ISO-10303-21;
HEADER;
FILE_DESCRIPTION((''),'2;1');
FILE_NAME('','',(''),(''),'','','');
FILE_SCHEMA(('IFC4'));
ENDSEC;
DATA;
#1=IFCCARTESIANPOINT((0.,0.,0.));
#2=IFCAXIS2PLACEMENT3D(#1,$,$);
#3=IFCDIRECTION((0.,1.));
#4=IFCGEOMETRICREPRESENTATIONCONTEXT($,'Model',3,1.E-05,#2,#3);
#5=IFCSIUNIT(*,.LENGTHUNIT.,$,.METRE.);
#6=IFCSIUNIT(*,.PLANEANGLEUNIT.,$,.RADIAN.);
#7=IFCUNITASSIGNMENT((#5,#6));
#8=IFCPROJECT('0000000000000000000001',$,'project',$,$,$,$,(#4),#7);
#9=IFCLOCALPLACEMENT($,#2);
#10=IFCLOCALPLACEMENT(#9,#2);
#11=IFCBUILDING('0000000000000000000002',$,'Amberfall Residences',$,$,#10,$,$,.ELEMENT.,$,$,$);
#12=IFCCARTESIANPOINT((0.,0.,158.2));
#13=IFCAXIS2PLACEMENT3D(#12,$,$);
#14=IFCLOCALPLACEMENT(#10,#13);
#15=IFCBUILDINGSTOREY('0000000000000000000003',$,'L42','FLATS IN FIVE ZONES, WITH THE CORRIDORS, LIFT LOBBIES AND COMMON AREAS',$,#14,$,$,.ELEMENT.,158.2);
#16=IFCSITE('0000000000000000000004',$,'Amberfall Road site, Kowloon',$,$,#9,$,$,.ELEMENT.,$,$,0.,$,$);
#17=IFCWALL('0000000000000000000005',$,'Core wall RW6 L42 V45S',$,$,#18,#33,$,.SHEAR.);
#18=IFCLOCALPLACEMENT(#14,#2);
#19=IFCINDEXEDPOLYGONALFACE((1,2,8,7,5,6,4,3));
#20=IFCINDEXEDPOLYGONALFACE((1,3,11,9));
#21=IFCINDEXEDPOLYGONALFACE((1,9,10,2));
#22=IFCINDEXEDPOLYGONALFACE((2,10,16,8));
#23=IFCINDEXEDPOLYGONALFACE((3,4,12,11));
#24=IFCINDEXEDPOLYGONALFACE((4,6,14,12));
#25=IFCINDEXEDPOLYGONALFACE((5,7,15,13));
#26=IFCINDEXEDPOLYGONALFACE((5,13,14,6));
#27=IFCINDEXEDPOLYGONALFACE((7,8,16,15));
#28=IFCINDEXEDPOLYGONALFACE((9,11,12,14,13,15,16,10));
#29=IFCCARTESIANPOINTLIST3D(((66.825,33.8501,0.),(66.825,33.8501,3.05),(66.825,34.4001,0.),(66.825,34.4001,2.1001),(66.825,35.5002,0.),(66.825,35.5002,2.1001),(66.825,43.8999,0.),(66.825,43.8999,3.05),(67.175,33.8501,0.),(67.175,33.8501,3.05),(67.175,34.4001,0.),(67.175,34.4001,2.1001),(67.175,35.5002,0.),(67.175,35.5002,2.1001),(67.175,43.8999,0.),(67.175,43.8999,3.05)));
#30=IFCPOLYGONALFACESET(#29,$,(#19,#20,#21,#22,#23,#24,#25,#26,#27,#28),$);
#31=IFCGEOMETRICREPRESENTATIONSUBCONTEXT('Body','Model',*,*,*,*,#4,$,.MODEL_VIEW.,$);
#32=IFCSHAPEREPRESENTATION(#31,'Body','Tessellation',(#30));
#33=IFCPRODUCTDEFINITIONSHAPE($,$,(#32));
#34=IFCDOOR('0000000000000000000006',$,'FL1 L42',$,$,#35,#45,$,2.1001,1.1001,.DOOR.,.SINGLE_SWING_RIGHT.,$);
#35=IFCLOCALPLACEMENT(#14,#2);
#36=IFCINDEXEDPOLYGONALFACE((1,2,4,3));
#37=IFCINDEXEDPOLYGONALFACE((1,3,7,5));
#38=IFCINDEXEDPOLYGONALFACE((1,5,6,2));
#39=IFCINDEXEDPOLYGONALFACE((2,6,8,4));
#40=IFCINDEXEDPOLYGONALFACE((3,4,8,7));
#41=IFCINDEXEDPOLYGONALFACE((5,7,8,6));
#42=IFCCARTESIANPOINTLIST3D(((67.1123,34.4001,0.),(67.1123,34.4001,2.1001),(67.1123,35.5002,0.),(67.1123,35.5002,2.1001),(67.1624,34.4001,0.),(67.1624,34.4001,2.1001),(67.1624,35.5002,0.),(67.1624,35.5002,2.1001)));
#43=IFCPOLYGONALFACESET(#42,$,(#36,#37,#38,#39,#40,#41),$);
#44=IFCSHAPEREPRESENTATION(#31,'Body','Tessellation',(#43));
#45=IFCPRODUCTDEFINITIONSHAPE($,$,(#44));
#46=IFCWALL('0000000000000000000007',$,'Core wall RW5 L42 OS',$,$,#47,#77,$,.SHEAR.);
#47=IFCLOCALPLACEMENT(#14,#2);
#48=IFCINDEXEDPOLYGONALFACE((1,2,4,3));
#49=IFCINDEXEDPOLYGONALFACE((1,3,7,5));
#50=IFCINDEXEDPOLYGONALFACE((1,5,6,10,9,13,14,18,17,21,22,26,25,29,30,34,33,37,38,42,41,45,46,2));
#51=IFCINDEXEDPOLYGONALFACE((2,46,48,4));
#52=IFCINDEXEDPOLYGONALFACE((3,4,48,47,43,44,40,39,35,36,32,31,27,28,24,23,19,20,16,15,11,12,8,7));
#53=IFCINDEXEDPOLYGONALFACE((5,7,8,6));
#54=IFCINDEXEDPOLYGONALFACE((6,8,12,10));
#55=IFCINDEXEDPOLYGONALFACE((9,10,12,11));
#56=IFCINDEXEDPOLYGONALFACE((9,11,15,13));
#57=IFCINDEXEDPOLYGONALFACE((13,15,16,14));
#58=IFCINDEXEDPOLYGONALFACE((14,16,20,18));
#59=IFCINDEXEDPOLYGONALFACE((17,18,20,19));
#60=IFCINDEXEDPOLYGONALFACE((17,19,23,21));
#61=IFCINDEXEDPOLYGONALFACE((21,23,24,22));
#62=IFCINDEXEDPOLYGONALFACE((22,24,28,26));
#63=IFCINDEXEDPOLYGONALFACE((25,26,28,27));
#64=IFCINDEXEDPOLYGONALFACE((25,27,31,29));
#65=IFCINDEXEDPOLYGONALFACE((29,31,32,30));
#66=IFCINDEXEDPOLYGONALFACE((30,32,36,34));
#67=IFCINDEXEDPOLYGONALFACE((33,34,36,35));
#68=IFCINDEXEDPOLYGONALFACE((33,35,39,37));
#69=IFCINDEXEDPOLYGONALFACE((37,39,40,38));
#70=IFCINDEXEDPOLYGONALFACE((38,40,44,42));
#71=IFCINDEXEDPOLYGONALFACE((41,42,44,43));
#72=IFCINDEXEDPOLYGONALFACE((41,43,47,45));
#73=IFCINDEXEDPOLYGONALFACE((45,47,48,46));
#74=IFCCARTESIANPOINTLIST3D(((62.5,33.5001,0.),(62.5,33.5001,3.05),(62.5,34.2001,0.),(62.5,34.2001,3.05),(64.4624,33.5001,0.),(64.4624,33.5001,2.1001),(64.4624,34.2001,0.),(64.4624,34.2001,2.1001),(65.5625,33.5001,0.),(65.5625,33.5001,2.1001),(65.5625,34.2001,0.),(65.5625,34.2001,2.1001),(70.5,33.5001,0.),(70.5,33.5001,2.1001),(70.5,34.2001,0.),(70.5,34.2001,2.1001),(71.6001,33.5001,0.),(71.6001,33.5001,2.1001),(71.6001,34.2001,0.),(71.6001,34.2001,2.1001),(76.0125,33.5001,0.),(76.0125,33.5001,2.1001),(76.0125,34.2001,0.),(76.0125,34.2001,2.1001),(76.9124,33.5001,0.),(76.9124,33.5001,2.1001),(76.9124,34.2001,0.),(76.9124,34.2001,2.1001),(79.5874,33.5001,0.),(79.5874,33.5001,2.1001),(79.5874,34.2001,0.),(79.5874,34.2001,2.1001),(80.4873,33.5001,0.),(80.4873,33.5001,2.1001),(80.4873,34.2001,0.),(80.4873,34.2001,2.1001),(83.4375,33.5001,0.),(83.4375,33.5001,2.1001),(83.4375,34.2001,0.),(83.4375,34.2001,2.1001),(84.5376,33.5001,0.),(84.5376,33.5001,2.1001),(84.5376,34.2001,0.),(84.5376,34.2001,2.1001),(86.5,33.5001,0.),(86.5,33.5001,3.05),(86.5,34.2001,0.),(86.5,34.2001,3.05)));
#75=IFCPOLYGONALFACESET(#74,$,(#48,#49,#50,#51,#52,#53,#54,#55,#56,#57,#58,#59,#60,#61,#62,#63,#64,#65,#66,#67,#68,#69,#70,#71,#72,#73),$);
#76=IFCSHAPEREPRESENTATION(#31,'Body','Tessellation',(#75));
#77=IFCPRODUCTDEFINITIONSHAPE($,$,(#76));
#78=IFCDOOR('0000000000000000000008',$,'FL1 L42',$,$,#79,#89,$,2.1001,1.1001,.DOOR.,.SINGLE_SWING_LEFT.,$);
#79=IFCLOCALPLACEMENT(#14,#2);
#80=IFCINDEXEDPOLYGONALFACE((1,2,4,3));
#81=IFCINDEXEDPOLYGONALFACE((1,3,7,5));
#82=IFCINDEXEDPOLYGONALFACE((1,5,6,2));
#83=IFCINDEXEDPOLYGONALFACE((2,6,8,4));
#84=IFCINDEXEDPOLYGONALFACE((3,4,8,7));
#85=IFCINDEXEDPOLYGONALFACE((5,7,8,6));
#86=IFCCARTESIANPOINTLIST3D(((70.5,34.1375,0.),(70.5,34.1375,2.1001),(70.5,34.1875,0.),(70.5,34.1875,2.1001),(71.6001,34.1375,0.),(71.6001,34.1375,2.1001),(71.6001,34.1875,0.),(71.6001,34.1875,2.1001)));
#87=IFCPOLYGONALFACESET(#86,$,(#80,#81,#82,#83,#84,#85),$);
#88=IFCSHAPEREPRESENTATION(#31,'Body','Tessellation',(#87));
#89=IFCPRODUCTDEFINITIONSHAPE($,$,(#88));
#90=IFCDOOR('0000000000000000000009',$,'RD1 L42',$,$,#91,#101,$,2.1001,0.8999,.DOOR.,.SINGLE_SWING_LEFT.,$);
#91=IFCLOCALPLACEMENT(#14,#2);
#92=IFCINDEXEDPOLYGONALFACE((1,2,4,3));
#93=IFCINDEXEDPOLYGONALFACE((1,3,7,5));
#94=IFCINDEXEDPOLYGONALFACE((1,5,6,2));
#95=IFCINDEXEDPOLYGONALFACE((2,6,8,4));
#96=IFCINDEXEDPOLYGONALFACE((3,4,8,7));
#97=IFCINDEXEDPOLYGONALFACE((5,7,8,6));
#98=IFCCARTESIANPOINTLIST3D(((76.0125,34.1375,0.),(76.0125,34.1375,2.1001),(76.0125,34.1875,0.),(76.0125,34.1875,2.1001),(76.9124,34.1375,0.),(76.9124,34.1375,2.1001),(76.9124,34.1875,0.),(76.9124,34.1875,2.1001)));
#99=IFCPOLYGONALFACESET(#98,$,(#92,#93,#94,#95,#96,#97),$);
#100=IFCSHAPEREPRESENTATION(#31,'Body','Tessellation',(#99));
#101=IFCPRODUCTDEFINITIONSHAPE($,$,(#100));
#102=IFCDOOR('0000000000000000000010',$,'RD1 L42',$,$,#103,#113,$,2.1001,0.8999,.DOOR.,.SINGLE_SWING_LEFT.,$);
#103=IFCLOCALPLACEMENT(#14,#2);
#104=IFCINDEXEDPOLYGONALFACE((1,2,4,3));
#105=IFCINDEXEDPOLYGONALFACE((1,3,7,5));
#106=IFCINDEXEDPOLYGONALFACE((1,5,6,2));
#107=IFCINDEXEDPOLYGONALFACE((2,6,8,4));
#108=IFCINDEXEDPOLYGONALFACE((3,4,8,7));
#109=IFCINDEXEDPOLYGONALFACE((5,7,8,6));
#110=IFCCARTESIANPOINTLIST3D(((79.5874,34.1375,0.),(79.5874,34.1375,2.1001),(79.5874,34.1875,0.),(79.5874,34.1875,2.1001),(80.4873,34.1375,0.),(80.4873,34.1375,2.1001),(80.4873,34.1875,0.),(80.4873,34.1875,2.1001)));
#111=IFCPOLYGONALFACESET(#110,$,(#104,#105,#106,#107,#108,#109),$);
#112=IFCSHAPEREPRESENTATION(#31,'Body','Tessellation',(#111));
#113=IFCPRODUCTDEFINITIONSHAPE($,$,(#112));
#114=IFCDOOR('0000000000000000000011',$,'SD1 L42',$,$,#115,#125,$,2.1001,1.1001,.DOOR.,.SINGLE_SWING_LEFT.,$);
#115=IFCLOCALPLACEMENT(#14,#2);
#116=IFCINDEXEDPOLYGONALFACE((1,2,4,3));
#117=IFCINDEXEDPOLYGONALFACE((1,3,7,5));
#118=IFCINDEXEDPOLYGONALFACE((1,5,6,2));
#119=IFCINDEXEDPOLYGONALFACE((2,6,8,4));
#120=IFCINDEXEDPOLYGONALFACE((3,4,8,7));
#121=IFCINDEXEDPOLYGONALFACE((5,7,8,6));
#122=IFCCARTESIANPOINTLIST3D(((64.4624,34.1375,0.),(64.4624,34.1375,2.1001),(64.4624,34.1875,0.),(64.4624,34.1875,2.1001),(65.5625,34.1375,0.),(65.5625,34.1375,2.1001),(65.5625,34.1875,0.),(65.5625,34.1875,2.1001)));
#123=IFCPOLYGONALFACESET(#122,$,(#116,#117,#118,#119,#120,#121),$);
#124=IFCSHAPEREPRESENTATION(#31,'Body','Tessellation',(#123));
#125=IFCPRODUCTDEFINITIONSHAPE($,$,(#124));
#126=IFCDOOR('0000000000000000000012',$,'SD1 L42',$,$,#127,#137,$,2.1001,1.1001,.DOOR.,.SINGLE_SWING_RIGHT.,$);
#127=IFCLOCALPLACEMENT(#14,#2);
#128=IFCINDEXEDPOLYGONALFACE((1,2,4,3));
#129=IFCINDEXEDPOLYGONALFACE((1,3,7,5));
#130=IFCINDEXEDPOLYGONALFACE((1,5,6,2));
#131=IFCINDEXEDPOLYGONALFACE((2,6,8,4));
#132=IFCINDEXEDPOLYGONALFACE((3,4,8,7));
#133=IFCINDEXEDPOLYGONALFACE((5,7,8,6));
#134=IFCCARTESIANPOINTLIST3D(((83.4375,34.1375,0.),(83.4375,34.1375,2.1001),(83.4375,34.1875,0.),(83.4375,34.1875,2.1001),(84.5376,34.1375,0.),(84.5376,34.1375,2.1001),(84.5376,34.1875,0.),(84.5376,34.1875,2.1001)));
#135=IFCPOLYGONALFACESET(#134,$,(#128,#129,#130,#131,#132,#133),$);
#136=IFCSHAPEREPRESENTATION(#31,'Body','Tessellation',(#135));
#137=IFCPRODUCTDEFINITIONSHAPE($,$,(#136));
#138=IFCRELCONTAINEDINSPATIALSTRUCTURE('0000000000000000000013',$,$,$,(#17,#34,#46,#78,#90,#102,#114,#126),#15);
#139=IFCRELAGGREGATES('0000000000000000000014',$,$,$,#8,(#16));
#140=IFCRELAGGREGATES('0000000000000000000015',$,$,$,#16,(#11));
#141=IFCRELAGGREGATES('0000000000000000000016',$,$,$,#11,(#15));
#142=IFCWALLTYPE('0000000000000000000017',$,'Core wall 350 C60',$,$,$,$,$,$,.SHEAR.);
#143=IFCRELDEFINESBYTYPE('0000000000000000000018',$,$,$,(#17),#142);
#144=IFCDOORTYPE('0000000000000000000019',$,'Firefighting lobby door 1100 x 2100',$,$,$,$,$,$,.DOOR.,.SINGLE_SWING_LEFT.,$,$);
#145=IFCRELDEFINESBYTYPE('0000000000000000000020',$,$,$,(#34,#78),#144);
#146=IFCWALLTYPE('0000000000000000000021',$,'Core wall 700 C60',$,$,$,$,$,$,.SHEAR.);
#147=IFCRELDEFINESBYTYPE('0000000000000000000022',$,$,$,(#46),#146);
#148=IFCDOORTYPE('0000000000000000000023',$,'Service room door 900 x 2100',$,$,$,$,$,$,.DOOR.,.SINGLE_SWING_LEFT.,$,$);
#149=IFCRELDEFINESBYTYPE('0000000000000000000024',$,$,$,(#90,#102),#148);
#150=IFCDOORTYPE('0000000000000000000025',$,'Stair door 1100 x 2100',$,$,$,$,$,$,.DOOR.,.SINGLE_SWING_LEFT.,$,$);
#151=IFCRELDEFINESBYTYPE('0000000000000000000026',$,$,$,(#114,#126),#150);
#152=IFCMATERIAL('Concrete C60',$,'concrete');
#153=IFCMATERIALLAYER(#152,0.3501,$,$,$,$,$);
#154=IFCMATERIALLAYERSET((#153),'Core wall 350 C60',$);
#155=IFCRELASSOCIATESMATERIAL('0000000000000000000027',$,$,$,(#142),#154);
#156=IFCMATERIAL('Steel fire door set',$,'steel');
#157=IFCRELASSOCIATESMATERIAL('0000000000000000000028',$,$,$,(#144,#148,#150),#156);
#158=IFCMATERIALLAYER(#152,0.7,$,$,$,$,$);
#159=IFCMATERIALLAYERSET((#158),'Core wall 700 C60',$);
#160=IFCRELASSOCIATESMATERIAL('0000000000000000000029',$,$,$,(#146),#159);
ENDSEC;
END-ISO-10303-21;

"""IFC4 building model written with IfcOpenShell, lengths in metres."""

from ifc_helpers import new_model, si_unit, direction, frame, frame_2d, origin, place, context, subcontext, project, spatial, rectangle, extrude, material, layer, layer_set, type_object, element, fill, save


model = new_model("IFC4")

# Units and contexts
model_context = context("Model", 3, precision=1e-05, world=origin(), true_north=direction((0.0, 1.0)))
body_context = subcontext(model_context, "Body", "Model", "MODEL_VIEW")
ifc_project = project(units=[si_unit("LENGTHUNIT", "METRE"), si_unit("PLANEANGLEUNIT", "RADIAN")], contexts=[model_context])

# Site, building, storey
site_placement = place(None, origin())
site = spatial("IfcSite", under=ifc_project, at=site_placement, Name="Amberfall Road site, Kowloon", CompositionType="ELEMENT", RefElevation=0.0)
building_placement = place(site_placement, origin())
building = spatial("IfcBuilding", under=site, at=building_placement, Name="Amberfall Residences", CompositionType="ELEMENT")
storey_placement = place(building_placement, frame((0.0, 0.0, 158.2)))
storey = spatial("IfcBuildingStorey", under=building, at=storey_placement, Name="L42", Description="FLATS IN FIVE ZONES, WITH THE CORRIDORS, LIFT LOBBIES AND COMMON AREAS", CompositionType="ELEMENT", Elevation=158.2)

# Wall, opening, door
ifc_material_1 = material(Name="Concrete C60", Category="concrete")
ifc_layer_1 = layer(ifc_material_1, 0.3501)
ifc_layer_set_1 = layer_set([ifc_layer_1], Name="Core wall 350 C60")
wall_type_1 = type_object("IfcWallType", Name="Core wall 350 C60", PredefinedType="SHEAR", material=ifc_layer_set_1)
wall_1_placement = place(storey_placement, frame((67.0, 33.8501, 0.0), z_axis=(0.0, 0.0, 1.0), x_axis=(0.0, 1.0, 0.0)))
wall_1 = element("IfcWall", 1, at=wall_1_placement, inside=storey, type_object=wall_type_1, Name="Core wall RW6 L42 V45S", PredefinedType="SHEAR", context=body_context, shape_type="SweptSolid", body=[
    extrude(rectangle(XDim=10.0498, YDim=0.3501, at=frame_2d((5.0249, 0.0))), origin(), (0.0, 0.0, 1.0), 3.05),
])
opening_1_placement = place(wall_1_placement, frame((0.55, 0.0, 0.0)))
opening_1 = element("IfcOpeningElement", 2, at=opening_1_placement, cuts=wall_1, PredefinedType="OPENING", context=body_context, shape_type="SweptSolid", body=[
    extrude(rectangle(XDim=1.1001, YDim=2.1001, at=frame_2d((0.55, 1.05))), frame((0.0, 0.1851, 0.0), z_axis=(0.0, -1.0, 0.0), x_axis=(1.0, 0.0, 0.0)), (0.0, 0.0, 1.0), 0.3701),
])
ifc_material_2 = material(Name="Steel fire door set", Category="steel")
door_type_1 = type_object("IfcDoorType", Name="Firefighting lobby door 1100 x 2100", OperationType="SINGLE_SWING_LEFT", PredefinedType="DOOR", material=ifc_material_2)
door_1_placement = place(opening_1_placement, origin())
door_1 = element("IfcDoor", 3, at=door_1_placement, inside=storey, type_object=door_type_1, Name="FL1 L42", OperationType="SINGLE_SWING_RIGHT", OverallHeight=2.1001, OverallWidth=1.1001, PredefinedType="DOOR", context=body_context, shape_type="SweptSolid", body=[
    extrude(rectangle(XDim=1.1001, YDim=2.1001, at=frame_2d((0.55, 1.05))), frame((0.0, -0.1123, 0.0), z_axis=(0.0, -1.0, 0.0), x_axis=(1.0, 0.0, 0.0)), (0.0, 0.0, 1.0), 0.05),
])
fill(opening_1, door_1)

# Wall, openings, doors
ifc_layer_2 = layer(ifc_material_1, 0.7)
ifc_layer_set_2 = layer_set([ifc_layer_2], Name="Core wall 700 C60")
wall_type_2 = type_object("IfcWallType", Name="Core wall 700 C60", PredefinedType="SHEAR", material=ifc_layer_set_2)
wall_2_placement = place(storey_placement, frame((62.5, 33.8501, 0.0), z_axis=(0.0, 0.0, 1.0), x_axis=(1.0, 0.0, 0.0)))
wall_2 = element("IfcWall", 4, at=wall_2_placement, inside=storey, type_object=wall_type_2, Name="Core wall RW5 L42 OS", PredefinedType="SHEAR", context=body_context, shape_type="SweptSolid", body=[
    extrude(rectangle(XDim=24.0, YDim=0.7, at=frame_2d((12.0, 0.0))), origin(), (0.0, 0.0, 1.0), 3.05),
])
opening_2_placement = place(wall_2_placement, frame((1.9624, 0.0, 0.0)))
opening_2 = element("IfcOpeningElement", 5, at=opening_2_placement, cuts=wall_2, PredefinedType="OPENING", context=body_context, shape_type="SweptSolid", body=[
    extrude(rectangle(XDim=1.1001, YDim=2.1001, at=frame_2d((0.55, 1.05))), frame((0.0, 0.3599, 0.0), z_axis=(0.0, -1.0, 0.0), x_axis=(1.0, 0.0, 0.0)), (0.0, 0.0, 1.0), 0.72),
])
opening_3_placement = place(wall_2_placement, frame((20.9375, 0.0, 0.0)))
opening_3 = element("IfcOpeningElement", 6, at=opening_3_placement, cuts=wall_2, PredefinedType="OPENING", context=body_context, shape_type="SweptSolid", body=[
    extrude(rectangle(XDim=1.1001, YDim=2.1001, at=frame_2d((0.55, 1.05))), frame((0.0, 0.3599, 0.0), z_axis=(0.0, -1.0, 0.0), x_axis=(1.0, 0.0, 0.0)), (0.0, 0.0, 1.0), 0.72),
])
opening_4_placement = place(wall_2_placement, frame((8.0, 0.0, 0.0)))
opening_4 = element("IfcOpeningElement", 7, at=opening_4_placement, cuts=wall_2, PredefinedType="OPENING", context=body_context, shape_type="SweptSolid", body=[
    extrude(rectangle(XDim=1.1001, YDim=2.1001, at=frame_2d((0.55, 1.05))), frame((0.0, 0.3599, 0.0), z_axis=(0.0, -1.0, 0.0), x_axis=(1.0, 0.0, 0.0)), (0.0, 0.0, 1.0), 0.72),
])
opening_5_placement = place(wall_2_placement, frame((13.5125, 0.0, 0.0)))
opening_5 = element("IfcOpeningElement", 8, at=opening_5_placement, cuts=wall_2, PredefinedType="OPENING", context=body_context, shape_type="SweptSolid", body=[
    extrude(rectangle(XDim=0.8999, YDim=2.1001, at=frame_2d((0.45, 1.05))), frame((0.0, 0.3599, 0.0), z_axis=(0.0, -1.0, 0.0), x_axis=(1.0, 0.0, 0.0)), (0.0, 0.0, 1.0), 0.72),
])
opening_6_placement = place(wall_2_placement, frame((17.0874, 0.0, 0.0)))
opening_6 = element("IfcOpeningElement", 9, at=opening_6_placement, cuts=wall_2, PredefinedType="OPENING", context=body_context, shape_type="SweptSolid", body=[
    extrude(rectangle(XDim=0.8999, YDim=2.1001, at=frame_2d((0.45, 1.05))), frame((0.0, 0.3599, 0.0), z_axis=(0.0, -1.0, 0.0), x_axis=(1.0, 0.0, 0.0)), (0.0, 0.0, 1.0), 0.72),
])
door_2_placement = place(opening_4_placement, origin())
door_2 = element("IfcDoor", 10, at=door_2_placement, inside=storey, type_object=door_type_1, Name="FL1 L42", OperationType="SINGLE_SWING_LEFT", OverallHeight=2.1001, OverallWidth=1.1001, PredefinedType="DOOR", context=body_context, shape_type="SweptSolid", body=[
    extrude(rectangle(XDim=1.1001, YDim=2.1001, at=frame_2d((0.55, 1.05))), frame((0.0, 0.3374, 0.0), z_axis=(0.0, -1.0, 0.0), x_axis=(1.0, 0.0, 0.0)), (0.0, 0.0, 1.0), 0.05),
])
fill(opening_4, door_2)
door_type_2 = type_object("IfcDoorType", Name="Service room door 900 x 2100", OperationType="SINGLE_SWING_LEFT", PredefinedType="DOOR", material=ifc_material_2)
door_3_placement = place(opening_5_placement, origin())
door_3 = element("IfcDoor", 11, at=door_3_placement, inside=storey, type_object=door_type_2, Name="RD1 L42", OperationType="SINGLE_SWING_LEFT", OverallHeight=2.1001, OverallWidth=0.8999, PredefinedType="DOOR", context=body_context, shape_type="SweptSolid", body=[
    extrude(rectangle(XDim=0.8999, YDim=2.1001, at=frame_2d((0.45, 1.05))), frame((0.0, 0.3374, 0.0), z_axis=(0.0, -1.0, 0.0), x_axis=(1.0, 0.0, 0.0)), (0.0, 0.0, 1.0), 0.05),
])
fill(opening_5, door_3)
door_4_placement = place(opening_6_placement, origin())
door_4 = element("IfcDoor", 12, at=door_4_placement, inside=storey, type_object=door_type_2, Name="RD1 L42", OperationType="SINGLE_SWING_LEFT", OverallHeight=2.1001, OverallWidth=0.8999, PredefinedType="DOOR", context=body_context, shape_type="SweptSolid", body=[
    extrude(rectangle(XDim=0.8999, YDim=2.1001, at=frame_2d((0.45, 1.05))), frame((0.0, 0.3374, 0.0), z_axis=(0.0, -1.0, 0.0), x_axis=(1.0, 0.0, 0.0)), (0.0, 0.0, 1.0), 0.05),
])
fill(opening_6, door_4)
door_type_3 = type_object("IfcDoorType", Name="Stair door 1100 x 2100", OperationType="SINGLE_SWING_LEFT", PredefinedType="DOOR", material=ifc_material_2)
door_5_placement = place(opening_2_placement, origin())
door_5 = element("IfcDoor", 13, at=door_5_placement, inside=storey, type_object=door_type_3, Name="SD1 L42", OperationType="SINGLE_SWING_LEFT", OverallHeight=2.1001, OverallWidth=1.1001, PredefinedType="DOOR", context=body_context, shape_type="SweptSolid", body=[
    extrude(rectangle(XDim=1.1001, YDim=2.1001, at=frame_2d((0.55, 1.05))), frame((0.0, 0.3374, 0.0), z_axis=(0.0, -1.0, 0.0), x_axis=(1.0, 0.0, 0.0)), (0.0, 0.0, 1.0), 0.05),
])
fill(opening_2, door_5)
door_6_placement = place(opening_3_placement, origin())
door_6 = element("IfcDoor", 14, at=door_6_placement, inside=storey, type_object=door_type_3, Name="SD1 L42", OperationType="SINGLE_SWING_RIGHT", OverallHeight=2.1001, OverallWidth=1.1001, PredefinedType="DOOR", context=body_context, shape_type="SweptSolid", body=[
    extrude(rectangle(XDim=1.1001, YDim=2.1001, at=frame_2d((0.55, 1.05))), frame((0.0, 0.3374, 0.0), z_axis=(0.0, -1.0, 0.0), x_axis=(1.0, 0.0, 0.0)), (0.0, 0.0, 1.0), 0.05),
])
fill(opening_3, door_6)

save(model, "model.ifc")
